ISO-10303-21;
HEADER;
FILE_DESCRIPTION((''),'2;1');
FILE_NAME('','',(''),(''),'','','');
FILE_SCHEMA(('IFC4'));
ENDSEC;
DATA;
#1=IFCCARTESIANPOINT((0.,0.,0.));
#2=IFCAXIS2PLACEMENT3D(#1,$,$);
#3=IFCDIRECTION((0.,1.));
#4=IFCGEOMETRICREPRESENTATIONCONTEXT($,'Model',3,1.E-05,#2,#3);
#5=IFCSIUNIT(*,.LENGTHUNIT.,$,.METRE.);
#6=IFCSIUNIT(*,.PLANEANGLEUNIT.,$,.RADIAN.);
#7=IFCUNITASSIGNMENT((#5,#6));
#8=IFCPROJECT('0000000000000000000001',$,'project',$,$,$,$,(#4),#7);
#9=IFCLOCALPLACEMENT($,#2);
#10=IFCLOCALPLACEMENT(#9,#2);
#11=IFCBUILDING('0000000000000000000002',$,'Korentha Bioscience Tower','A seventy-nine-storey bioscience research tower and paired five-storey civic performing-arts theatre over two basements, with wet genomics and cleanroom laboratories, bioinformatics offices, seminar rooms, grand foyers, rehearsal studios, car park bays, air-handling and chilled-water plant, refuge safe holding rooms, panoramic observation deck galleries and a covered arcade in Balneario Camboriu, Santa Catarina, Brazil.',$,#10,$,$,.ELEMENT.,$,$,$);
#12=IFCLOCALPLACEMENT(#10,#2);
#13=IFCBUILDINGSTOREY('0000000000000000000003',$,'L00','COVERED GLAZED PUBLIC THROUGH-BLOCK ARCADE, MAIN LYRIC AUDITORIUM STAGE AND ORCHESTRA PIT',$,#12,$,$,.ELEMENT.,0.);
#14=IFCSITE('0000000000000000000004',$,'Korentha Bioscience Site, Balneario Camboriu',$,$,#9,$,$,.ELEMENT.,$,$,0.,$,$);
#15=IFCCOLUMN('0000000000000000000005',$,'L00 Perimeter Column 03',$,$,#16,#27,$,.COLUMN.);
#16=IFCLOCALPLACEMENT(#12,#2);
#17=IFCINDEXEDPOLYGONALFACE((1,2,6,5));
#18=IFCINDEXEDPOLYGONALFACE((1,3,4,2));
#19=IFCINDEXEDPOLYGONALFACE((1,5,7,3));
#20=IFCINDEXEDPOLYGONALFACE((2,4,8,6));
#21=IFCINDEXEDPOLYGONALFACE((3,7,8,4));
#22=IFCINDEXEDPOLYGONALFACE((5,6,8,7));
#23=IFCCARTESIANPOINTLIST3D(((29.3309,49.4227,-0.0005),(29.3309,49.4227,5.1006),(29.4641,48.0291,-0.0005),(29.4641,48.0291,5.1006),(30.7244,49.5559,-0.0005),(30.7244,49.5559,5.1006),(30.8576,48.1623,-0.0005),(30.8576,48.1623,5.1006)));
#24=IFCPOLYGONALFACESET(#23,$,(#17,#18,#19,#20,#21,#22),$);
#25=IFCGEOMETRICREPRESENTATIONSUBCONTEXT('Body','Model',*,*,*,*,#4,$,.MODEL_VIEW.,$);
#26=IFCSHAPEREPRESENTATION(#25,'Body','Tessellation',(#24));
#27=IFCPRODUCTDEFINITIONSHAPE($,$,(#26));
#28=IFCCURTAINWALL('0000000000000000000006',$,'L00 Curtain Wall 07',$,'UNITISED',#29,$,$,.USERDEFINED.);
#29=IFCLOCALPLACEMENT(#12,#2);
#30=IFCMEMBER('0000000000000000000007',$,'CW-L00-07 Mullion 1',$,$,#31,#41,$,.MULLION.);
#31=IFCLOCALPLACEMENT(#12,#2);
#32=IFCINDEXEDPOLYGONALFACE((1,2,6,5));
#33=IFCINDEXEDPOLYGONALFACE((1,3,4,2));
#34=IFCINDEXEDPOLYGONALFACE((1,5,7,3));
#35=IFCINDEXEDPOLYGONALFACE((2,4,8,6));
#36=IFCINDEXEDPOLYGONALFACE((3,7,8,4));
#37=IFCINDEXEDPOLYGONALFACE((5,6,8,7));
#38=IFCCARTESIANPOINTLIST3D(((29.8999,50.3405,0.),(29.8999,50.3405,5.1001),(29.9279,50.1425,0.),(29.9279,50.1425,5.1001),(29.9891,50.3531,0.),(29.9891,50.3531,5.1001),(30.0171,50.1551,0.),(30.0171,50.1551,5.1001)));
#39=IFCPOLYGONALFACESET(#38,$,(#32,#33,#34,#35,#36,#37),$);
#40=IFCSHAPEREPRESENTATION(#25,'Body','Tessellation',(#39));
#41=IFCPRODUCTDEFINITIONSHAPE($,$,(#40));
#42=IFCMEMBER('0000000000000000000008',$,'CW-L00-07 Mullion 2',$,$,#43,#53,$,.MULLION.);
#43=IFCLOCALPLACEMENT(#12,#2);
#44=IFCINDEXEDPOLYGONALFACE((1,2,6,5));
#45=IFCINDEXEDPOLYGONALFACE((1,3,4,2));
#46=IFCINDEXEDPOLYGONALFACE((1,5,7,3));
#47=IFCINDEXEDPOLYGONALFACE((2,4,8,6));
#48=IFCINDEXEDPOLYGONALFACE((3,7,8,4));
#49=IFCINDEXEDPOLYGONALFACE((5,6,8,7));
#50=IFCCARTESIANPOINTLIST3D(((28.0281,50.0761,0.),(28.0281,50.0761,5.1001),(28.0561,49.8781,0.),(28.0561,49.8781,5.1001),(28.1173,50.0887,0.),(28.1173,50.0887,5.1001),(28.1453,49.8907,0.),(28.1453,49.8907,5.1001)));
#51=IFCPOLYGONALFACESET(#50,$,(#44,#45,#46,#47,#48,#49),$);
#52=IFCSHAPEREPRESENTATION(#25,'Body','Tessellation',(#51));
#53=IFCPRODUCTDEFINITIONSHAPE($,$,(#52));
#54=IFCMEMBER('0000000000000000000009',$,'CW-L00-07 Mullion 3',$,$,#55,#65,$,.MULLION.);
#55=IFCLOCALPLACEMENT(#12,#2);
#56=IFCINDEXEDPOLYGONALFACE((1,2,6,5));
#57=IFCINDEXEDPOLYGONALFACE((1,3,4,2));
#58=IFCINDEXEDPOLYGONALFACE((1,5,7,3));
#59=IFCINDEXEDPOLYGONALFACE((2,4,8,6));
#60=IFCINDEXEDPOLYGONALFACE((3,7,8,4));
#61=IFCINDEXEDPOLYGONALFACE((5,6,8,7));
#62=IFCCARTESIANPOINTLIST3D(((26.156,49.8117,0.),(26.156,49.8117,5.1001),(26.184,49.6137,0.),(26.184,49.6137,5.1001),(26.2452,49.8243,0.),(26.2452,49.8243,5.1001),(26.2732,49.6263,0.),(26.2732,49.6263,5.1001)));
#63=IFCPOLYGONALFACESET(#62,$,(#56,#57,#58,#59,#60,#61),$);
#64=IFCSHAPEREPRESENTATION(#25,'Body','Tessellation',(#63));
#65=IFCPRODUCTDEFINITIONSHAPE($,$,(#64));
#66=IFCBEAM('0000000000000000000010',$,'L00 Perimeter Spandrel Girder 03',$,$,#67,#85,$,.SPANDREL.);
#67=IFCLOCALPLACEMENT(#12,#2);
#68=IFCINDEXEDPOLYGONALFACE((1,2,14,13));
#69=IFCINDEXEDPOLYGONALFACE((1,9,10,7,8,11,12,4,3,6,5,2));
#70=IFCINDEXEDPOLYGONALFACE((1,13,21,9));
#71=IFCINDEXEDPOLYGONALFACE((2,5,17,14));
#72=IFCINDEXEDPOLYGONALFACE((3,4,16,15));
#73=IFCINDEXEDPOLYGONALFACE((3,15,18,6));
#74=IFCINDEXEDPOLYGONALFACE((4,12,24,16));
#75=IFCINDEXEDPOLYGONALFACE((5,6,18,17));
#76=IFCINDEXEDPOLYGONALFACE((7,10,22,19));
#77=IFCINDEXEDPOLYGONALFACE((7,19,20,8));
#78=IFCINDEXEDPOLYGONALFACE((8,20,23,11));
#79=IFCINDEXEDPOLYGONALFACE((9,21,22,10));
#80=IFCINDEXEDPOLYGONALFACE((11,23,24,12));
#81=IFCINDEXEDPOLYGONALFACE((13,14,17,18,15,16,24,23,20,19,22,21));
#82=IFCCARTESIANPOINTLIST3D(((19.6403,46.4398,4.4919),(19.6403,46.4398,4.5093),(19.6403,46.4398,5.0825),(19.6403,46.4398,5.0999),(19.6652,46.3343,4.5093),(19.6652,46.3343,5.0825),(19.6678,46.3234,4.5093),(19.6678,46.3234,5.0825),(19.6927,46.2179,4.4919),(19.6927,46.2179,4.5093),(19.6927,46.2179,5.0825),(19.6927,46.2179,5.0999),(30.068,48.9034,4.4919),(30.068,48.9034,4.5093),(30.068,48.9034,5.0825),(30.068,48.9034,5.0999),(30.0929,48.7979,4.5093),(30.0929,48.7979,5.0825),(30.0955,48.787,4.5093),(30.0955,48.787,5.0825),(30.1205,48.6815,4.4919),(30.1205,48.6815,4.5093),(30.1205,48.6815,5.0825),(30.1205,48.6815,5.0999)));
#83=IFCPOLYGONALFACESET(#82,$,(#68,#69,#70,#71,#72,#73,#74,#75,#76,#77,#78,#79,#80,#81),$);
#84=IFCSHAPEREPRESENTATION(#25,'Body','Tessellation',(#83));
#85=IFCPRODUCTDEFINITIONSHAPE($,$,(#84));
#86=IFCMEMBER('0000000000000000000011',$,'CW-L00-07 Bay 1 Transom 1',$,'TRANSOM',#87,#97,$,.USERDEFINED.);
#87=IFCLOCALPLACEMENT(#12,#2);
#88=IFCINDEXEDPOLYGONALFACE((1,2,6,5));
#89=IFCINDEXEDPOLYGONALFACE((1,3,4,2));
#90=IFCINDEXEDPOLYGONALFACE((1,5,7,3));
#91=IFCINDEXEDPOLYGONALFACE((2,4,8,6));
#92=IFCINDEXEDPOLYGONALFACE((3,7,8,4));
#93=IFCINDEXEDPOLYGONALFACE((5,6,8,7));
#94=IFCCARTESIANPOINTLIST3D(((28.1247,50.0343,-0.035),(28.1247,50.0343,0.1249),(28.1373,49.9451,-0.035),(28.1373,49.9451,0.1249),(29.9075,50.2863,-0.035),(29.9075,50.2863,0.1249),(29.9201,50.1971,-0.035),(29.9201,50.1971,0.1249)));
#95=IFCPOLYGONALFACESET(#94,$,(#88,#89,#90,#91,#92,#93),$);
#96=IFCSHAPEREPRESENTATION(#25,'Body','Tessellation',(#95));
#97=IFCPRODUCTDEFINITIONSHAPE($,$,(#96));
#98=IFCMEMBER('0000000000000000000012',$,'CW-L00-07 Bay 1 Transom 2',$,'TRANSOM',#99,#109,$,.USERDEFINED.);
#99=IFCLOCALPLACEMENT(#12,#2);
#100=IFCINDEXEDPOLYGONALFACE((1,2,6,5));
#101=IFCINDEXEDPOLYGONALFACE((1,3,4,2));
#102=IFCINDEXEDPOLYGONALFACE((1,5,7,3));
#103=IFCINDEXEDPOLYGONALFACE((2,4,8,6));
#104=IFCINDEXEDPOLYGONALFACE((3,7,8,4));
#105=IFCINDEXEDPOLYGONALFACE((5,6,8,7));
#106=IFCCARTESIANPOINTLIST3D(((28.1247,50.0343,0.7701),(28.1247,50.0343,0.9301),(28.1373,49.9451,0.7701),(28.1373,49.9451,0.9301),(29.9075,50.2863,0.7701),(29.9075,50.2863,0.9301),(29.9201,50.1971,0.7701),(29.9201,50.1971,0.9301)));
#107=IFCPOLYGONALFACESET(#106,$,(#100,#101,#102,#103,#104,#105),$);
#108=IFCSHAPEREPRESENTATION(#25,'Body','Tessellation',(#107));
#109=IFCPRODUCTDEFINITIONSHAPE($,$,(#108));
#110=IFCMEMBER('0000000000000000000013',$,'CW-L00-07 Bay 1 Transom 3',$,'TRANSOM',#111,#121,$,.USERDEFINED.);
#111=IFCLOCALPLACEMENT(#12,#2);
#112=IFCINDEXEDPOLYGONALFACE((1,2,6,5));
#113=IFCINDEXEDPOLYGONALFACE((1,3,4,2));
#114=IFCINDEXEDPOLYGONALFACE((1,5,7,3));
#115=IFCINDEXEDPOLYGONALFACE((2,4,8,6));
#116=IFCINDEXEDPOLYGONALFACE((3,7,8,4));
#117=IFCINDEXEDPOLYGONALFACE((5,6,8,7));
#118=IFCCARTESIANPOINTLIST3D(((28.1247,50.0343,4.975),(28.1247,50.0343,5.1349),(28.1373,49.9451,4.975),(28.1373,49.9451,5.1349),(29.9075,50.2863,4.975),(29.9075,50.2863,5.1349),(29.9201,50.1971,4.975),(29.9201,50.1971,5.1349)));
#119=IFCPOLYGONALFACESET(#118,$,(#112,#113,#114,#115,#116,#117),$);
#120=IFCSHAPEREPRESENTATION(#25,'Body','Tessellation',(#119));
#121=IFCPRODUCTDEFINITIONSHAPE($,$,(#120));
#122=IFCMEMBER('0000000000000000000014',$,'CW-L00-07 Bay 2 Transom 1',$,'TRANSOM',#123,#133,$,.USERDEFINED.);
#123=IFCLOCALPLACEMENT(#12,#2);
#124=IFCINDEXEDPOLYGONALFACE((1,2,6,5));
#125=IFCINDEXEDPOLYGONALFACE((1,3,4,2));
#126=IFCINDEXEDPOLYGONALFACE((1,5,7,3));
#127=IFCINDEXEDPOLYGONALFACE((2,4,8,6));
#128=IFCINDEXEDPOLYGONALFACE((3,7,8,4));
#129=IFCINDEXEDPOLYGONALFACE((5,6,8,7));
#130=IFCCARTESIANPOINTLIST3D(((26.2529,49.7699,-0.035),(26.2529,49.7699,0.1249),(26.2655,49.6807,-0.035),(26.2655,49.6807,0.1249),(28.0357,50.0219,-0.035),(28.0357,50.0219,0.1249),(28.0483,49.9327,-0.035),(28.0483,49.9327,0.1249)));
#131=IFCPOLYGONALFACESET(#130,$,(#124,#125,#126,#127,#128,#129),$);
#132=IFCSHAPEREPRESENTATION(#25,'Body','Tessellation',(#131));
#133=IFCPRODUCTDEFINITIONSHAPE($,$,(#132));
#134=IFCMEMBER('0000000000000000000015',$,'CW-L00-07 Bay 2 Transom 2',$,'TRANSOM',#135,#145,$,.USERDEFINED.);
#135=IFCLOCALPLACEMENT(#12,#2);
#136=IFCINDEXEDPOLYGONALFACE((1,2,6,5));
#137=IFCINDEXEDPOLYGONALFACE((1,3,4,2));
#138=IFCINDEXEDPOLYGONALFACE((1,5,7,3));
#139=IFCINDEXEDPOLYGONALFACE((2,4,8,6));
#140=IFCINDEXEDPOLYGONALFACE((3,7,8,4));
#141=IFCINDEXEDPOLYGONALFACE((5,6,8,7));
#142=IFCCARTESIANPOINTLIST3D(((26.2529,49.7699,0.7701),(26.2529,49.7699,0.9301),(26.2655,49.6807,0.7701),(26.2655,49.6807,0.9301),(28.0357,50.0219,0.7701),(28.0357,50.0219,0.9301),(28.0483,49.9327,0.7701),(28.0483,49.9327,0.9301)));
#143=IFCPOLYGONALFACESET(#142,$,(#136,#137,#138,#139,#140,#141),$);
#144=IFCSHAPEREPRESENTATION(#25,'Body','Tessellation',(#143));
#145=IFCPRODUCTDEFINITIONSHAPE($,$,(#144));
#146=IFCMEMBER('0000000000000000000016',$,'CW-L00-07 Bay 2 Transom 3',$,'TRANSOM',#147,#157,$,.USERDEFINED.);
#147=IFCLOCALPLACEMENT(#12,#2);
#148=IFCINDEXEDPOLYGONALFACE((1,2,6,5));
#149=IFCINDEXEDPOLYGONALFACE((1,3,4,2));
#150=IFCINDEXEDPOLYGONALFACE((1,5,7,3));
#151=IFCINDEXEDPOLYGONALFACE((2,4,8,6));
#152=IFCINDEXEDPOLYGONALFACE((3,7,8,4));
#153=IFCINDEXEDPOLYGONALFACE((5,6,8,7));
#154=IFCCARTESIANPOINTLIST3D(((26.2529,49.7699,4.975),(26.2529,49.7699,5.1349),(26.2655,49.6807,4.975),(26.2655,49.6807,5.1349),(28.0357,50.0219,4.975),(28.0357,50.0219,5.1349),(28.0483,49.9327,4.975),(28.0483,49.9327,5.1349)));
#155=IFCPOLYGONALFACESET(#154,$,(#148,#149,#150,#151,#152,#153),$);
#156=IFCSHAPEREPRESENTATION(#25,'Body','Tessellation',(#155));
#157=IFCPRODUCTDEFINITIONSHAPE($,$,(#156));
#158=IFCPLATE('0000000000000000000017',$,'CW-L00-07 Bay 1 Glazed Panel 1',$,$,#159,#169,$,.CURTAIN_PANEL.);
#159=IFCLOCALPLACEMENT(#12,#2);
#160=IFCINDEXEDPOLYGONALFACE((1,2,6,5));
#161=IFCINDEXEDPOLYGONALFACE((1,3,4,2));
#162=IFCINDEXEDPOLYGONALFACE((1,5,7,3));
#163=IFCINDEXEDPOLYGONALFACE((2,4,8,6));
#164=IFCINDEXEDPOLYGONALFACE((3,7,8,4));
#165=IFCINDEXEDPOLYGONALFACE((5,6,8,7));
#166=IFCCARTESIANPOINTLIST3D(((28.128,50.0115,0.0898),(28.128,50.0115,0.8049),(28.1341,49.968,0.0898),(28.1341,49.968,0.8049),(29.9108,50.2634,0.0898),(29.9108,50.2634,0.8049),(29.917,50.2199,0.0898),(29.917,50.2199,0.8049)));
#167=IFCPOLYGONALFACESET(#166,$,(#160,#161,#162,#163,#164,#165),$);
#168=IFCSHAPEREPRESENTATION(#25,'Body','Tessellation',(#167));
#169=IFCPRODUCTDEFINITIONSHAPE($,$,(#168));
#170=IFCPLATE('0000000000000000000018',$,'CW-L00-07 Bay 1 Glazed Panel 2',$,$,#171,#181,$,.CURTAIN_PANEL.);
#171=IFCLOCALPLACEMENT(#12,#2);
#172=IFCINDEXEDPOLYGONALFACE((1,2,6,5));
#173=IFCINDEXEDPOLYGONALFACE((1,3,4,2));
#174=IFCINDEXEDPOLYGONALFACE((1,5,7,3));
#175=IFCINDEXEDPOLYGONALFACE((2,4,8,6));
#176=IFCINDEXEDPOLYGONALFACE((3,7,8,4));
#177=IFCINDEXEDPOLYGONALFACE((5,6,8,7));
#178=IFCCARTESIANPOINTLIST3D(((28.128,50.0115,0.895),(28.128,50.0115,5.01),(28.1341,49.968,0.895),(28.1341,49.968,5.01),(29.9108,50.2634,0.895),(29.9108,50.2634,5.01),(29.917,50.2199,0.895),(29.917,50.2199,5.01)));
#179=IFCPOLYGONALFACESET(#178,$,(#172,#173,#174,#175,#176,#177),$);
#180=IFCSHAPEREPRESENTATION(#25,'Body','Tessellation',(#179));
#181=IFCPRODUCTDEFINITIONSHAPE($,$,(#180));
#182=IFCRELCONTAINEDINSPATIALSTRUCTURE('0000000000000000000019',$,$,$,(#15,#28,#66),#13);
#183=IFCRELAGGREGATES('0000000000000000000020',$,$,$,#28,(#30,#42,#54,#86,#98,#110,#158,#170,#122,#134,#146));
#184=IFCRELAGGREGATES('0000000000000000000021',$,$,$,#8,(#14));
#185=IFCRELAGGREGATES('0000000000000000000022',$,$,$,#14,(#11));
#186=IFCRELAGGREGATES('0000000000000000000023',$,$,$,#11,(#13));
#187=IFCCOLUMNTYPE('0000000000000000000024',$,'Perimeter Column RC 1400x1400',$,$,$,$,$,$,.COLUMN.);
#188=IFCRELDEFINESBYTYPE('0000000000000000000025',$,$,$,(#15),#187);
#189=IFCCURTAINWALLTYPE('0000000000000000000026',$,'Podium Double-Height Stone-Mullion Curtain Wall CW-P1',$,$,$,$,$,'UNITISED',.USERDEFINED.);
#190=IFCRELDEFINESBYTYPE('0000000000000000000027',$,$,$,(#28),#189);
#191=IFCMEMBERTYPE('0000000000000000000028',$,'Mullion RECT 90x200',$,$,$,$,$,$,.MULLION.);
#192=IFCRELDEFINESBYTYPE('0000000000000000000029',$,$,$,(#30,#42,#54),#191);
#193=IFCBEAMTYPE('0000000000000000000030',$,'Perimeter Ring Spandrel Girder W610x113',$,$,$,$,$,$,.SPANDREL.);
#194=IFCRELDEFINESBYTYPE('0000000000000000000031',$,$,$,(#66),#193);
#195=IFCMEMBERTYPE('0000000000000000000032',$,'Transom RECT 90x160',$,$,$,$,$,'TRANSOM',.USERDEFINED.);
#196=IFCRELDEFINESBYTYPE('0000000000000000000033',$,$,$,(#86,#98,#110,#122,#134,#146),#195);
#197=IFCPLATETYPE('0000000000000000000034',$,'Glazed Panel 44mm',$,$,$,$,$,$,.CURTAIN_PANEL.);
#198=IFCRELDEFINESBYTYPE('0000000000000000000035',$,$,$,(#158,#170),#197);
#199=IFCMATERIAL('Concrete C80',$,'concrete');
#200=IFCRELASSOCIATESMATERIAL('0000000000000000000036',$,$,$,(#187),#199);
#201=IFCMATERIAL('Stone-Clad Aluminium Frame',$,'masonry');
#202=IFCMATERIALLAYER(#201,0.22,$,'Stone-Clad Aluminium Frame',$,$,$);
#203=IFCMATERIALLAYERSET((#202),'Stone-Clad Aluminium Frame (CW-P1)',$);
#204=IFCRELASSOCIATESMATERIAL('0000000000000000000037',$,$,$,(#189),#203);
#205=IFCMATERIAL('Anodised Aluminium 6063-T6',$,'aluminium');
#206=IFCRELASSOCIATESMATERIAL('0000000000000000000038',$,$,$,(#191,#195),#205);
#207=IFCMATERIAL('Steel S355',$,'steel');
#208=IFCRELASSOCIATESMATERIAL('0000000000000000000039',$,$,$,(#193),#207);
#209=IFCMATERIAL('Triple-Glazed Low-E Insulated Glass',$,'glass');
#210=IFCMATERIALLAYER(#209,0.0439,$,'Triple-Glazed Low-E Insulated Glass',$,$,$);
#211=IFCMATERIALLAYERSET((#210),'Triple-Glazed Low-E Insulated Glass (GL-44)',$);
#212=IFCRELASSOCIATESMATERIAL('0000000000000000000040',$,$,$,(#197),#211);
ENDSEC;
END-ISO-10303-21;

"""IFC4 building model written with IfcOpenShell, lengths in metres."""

from ifc_helpers import new_model, si_unit, direction, frame, origin, origin_2d, place, context, subcontext, project, spatial, rectangle, i_section, extrude, material, layer, layer_set, material_profile, profile_set, type_object, element, aggregate, save


model = new_model("IFC4")

# Units and contexts
model_context = context("Model", 3, precision=1e-05, world=origin(), true_north=direction((0.0, 1.0)))
body_context = subcontext(model_context, "Body", "Model", "MODEL_VIEW")
ifc_project = project(units=[si_unit("LENGTHUNIT", "METRE"), si_unit("PLANEANGLEUNIT", "RADIAN")], contexts=[model_context])

# Site, building, storey
site_placement = place(None, origin())
site = spatial("IfcSite", under=ifc_project, at=site_placement, Name="Korentha Bioscience Site, Balneario Camboriu", CompositionType="ELEMENT", RefElevation=0.0)
building_placement = place(site_placement, origin())
building = spatial("IfcBuilding", under=site, at=building_placement, Name="Korentha Bioscience Tower", Description="A seventy-nine-storey bioscience research tower and paired five-storey civic performing-arts theatre over two basements, with wet genomics and cleanroom laboratories, bioinformatics offices, seminar rooms, grand foyers, rehearsal studios, car park bays, air-handling and chilled-water plant, refuge safe holding rooms, panoramic observation deck galleries and a covered arcade in Balneario Camboriu, Santa Catarina, Brazil.", CompositionType="ELEMENT")
storey_placement = place(building_placement, origin())
storey = spatial("IfcBuildingStorey", under=building, at=storey_placement, Name="L00", Description="COVERED GLAZED PUBLIC THROUGH-BLOCK ARCADE, MAIN LYRIC AUDITORIUM STAGE AND ORCHESTRA PIT", CompositionType="ELEMENT", Elevation=0.0)

# Column
ifc_material_1 = material(Name="Concrete C80", Category="concrete")
ifc_material_profile_1 = material_profile(ifc_material_1, rectangle(XDim=1.3999, YDim=1.3999, at=origin_2d()), Name="Concrete C80")
ifc_profile_set_1 = profile_set([ifc_material_profile_1], Name="Concrete C80 (COL-P14)")
column_type = type_object("IfcColumnType", Name="Perimeter Column RC 1400x1400", PredefinedType="COLUMN", material=ifc_profile_set_1)
column_placement = place(storey_placement, frame((30.0942, 48.7925, -0.0005), z_axis=(0.0, 0.0, 1.0), x_axis=(0.995463, 0.095151, 0.0)))
element("IfcColumn", 1, at=column_placement, inside=storey, type_object=column_type, Name="L00 Perimeter Column 03", PredefinedType="COLUMN", context=body_context, shape_type="SweptSolid", body=[
    extrude(rectangle(XDim=1.3999, YDim=1.3999, at=origin_2d()), origin(), (0.0, 0.0, 1.0), 5.1011),
])

# Curtain wall, members
ifc_material_2 = material(Name="Stone-Clad Aluminium Frame", Category="masonry")
ifc_layer_1 = layer(ifc_material_2, 0.22, Name="Stone-Clad Aluminium Frame")
ifc_layer_set_1 = layer_set([ifc_layer_1], Name="Stone-Clad Aluminium Frame (CW-P1)")
curtain_wall_type = type_object("IfcCurtainWallType", Name="Podium Double-Height Stone-Mullion Curtain Wall CW-P1", ElementType="UNITISED", PredefinedType="USERDEFINED", material=ifc_layer_set_1)
curtain_wall_placement = place(storey_placement, origin())
curtain_wall = element("IfcCurtainWall", 2, at=curtain_wall_placement, inside=storey, type_object=curtain_wall_type, Name="L00 Curtain Wall 07", ObjectType="UNITISED", PredefinedType="USERDEFINED")
ifc_material_3 = material(Name="Anodised Aluminium 6063-T6", Category="aluminium")
ifc_material_profile_2 = material_profile(ifc_material_3, rectangle(XDim=0.0901, YDim=0.2, at=origin_2d()), Name="Anodised Aluminium 6063-T6")
ifc_profile_set_2 = profile_set([ifc_material_profile_2], Name="Anodised Aluminium 6063-T6 (CW-MUL)")
member_type_1 = type_object("IfcMemberType", Name="Mullion RECT 90x200", PredefinedType="MULLION", material=ifc_profile_set_2)
member_1_placement = place(storey_placement, frame((29.9585, 50.2478, 0.0), z_axis=(0.0, 0.0, 1.0), x_axis=(-0.990167, -0.139888, 0.0)))
member_1 = element("IfcMember", 3, at=member_1_placement, type_object=member_type_1, Name="CW-L00-07 Mullion 1", PredefinedType="MULLION", context=body_context, shape_type="SweptSolid", body=[
    extrude(rectangle(XDim=0.0901, YDim=0.2, at=origin_2d()), origin(), (0.0, 0.0, 1.0), 5.1001),
])
member_2_placement = place(storey_placement, frame((28.0867, 49.9834, 0.0), z_axis=(0.0, 0.0, 1.0), x_axis=(-0.990167, -0.139888, 0.0)))
member_2 = element("IfcMember", 4, at=member_2_placement, type_object=member_type_1, Name="CW-L00-07 Mullion 2", PredefinedType="MULLION", context=body_context, shape_type="SweptSolid", body=[
    extrude(rectangle(XDim=0.0901, YDim=0.2, at=origin_2d()), origin(), (0.0, 0.0, 1.0), 5.1001),
])
member_3_placement = place(storey_placement, frame((26.2146, 49.719, 0.0), z_axis=(0.0, 0.0, 1.0), x_axis=(-0.990167, -0.139888, 0.0)))
member_3 = element("IfcMember", 5, at=member_3_placement, type_object=member_type_1, Name="CW-L00-07 Mullion 3", PredefinedType="MULLION", context=body_context, shape_type="SweptSolid", body=[
    extrude(rectangle(XDim=0.0901, YDim=0.2, at=origin_2d()), origin(), (0.0, 0.0, 1.0), 5.1001),
])

# Beam
ifc_material_4 = material(Name="Steel S355", Category="steel")
ifc_material_profile_3 = material_profile(ifc_material_4, i_section(OverallWidth=0.228, OverallDepth=0.6079, WebThickness=0.0112, FlangeThickness=0.0173, at=origin_2d()), Name="Steel S355")
ifc_profile_set_3 = profile_set([ifc_material_profile_3], Name="Steel S355 (SB-610)")
beam_type = type_object("IfcBeamType", Name="Perimeter Ring Spandrel Girder W610x113", PredefinedType="SPANDREL", material=ifc_profile_set_3)
beam_placement = place(storey_placement, frame((30.0942, 48.7925, 4.7959), z_axis=(-0.973208, -0.229927, 0.0), x_axis=(0.229927, -0.973208, 0.0)))
element("IfcBeam", 6, at=beam_placement, inside=storey, type_object=beam_type, Name="L00 Perimeter Spandrel Girder 03", PredefinedType="SPANDREL", context=body_context, shape_type="SweptSolid", body=[
    extrude(i_section(OverallWidth=0.228, OverallDepth=0.6079, WebThickness=0.0112, FlangeThickness=0.0173, at=origin_2d()), origin(), (0.0, 0.0, 1.0), 10.7148),
])

# Members
ifc_material_profile_4 = material_profile(ifc_material_3, rectangle(XDim=0.0901, YDim=0.1599, at=origin_2d()), Name="Anodised Aluminium 6063-T6")
ifc_profile_set_4 = profile_set([ifc_material_profile_4], Name="Anodised Aluminium 6063-T6 (CW-TRN)")
member_type_2 = type_object("IfcMemberType", Name="Transom RECT 90x160", ElementType="TRANSOM", PredefinedType="USERDEFINED", material=ifc_profile_set_4)
member_4_placement = place(storey_placement, frame((29.9138, 50.2417, 0.0449), z_axis=(-0.99016, -0.13994, 0.0), x_axis=(0.13994, -0.99016, 0.0)))
member_4 = element("IfcMember", 7, at=member_4_placement, type_object=member_type_2, Name="CW-L00-07 Bay 1 Transom 1", ObjectType="TRANSOM", PredefinedType="USERDEFINED", context=body_context, shape_type="SweptSolid", body=[
    extrude(rectangle(XDim=0.0901, YDim=0.1599, at=origin_2d()), origin(), (0.0, 0.0, 1.0), 1.8005),
])
member_5_placement = place(storey_placement, frame((29.9138, 50.2417, 0.8501), z_axis=(-0.99016, -0.13994, 0.0), x_axis=(0.13994, -0.99016, 0.0)))
member_5 = element("IfcMember", 8, at=member_5_placement, type_object=member_type_2, Name="CW-L00-07 Bay 1 Transom 2", ObjectType="TRANSOM", PredefinedType="USERDEFINED", context=body_context, shape_type="SweptSolid", body=[
    extrude(rectangle(XDim=0.0901, YDim=0.1599, at=origin_2d()), origin(), (0.0, 0.0, 1.0), 1.8005),
])
member_6_placement = place(storey_placement, frame((29.9138, 50.2417, 5.0549), z_axis=(-0.99016, -0.13994, 0.0), x_axis=(0.13994, -0.99016, 0.0)))
member_6 = element("IfcMember", 9, at=member_6_placement, type_object=member_type_2, Name="CW-L00-07 Bay 1 Transom 3", ObjectType="TRANSOM", PredefinedType="USERDEFINED", context=body_context, shape_type="SweptSolid", body=[
    extrude(rectangle(XDim=0.0901, YDim=0.1599, at=origin_2d()), origin(), (0.0, 0.0, 1.0), 1.8005),
])
member_7_placement = place(storey_placement, frame((28.042, 49.9773, 0.0449), z_axis=(-0.99016, -0.13994, 0.0), x_axis=(0.13994, -0.99016, 0.0)))
member_7 = element("IfcMember", 10, at=member_7_placement, type_object=member_type_2, Name="CW-L00-07 Bay 2 Transom 1", ObjectType="TRANSOM", PredefinedType="USERDEFINED", context=body_context, shape_type="SweptSolid", body=[
    extrude(rectangle(XDim=0.0901, YDim=0.1599, at=origin_2d()), origin(), (0.0, 0.0, 1.0), 1.8005),
])
member_8_placement = place(storey_placement, frame((28.042, 49.9773, 0.8501), z_axis=(-0.99016, -0.13994, 0.0), x_axis=(0.13994, -0.99016, 0.0)))
member_8 = element("IfcMember", 11, at=member_8_placement, type_object=member_type_2, Name="CW-L00-07 Bay 2 Transom 2", ObjectType="TRANSOM", PredefinedType="USERDEFINED", context=body_context, shape_type="SweptSolid", body=[
    extrude(rectangle(XDim=0.0901, YDim=0.1599, at=origin_2d()), origin(), (0.0, 0.0, 1.0), 1.8005),
])
member_9_placement = place(storey_placement, frame((28.042, 49.9773, 5.0549), z_axis=(-0.99016, -0.13994, 0.0), x_axis=(0.13994, -0.99016, 0.0)))
member_9 = element("IfcMember", 12, at=member_9_placement, type_object=member_type_2, Name="CW-L00-07 Bay 2 Transom 3", ObjectType="TRANSOM", PredefinedType="USERDEFINED", context=body_context, shape_type="SweptSolid", body=[
    extrude(rectangle(XDim=0.0901, YDim=0.1599, at=origin_2d()), origin(), (0.0, 0.0, 1.0), 1.8005),
])

# Plates
ifc_material_5 = material(Name="Triple-Glazed Low-E Insulated Glass", Category="glass")
ifc_layer_2 = layer(ifc_material_5, 0.0439, Name="Triple-Glazed Low-E Insulated Glass")
ifc_layer_set_2 = layer_set([ifc_layer_2], Name="Triple-Glazed Low-E Insulated Glass (GL-44)")
plate_type = type_object("IfcPlateType", Name="Glazed Panel 44mm", PredefinedType="CURTAIN_PANEL", material=ifc_layer_set_2)
plate_1_placement = place(storey_placement, frame((29.0225, 50.1157, 0.0898), z_axis=(0.0, 0.0, 1.0), x_axis=(-0.990167, -0.139888, 0.0)))
plate_1 = element("IfcPlate", 13, at=plate_1_placement, type_object=plate_type, Name="CW-L00-07 Bay 1 Glazed Panel 1", PredefinedType="CURTAIN_PANEL", context=body_context, shape_type="SweptSolid", body=[
    extrude(rectangle(XDim=1.8005, YDim=0.0439, at=origin_2d()), origin(), (0.0, 0.0, 1.0), 0.7151),
])
plate_2_placement = place(storey_placement, frame((29.0225, 50.1157, 0.895), z_axis=(0.0, 0.0, 1.0), x_axis=(-0.990167, -0.139888, 0.0)))
plate_2 = element("IfcPlate", 14, at=plate_2_placement, type_object=plate_type, Name="CW-L00-07 Bay 1 Glazed Panel 2", PredefinedType="CURTAIN_PANEL", context=body_context, shape_type="SweptSolid", body=[
    extrude(rectangle(XDim=1.8005, YDim=0.0439, at=origin_2d()), origin(), (0.0, 0.0, 1.0), 4.115),
])
aggregate(curtain_wall, [member_1, member_2, member_3, member_4, member_5, member_6, plate_1, plate_2, member_7, member_8, member_9])

save(model, "model.ifc")
